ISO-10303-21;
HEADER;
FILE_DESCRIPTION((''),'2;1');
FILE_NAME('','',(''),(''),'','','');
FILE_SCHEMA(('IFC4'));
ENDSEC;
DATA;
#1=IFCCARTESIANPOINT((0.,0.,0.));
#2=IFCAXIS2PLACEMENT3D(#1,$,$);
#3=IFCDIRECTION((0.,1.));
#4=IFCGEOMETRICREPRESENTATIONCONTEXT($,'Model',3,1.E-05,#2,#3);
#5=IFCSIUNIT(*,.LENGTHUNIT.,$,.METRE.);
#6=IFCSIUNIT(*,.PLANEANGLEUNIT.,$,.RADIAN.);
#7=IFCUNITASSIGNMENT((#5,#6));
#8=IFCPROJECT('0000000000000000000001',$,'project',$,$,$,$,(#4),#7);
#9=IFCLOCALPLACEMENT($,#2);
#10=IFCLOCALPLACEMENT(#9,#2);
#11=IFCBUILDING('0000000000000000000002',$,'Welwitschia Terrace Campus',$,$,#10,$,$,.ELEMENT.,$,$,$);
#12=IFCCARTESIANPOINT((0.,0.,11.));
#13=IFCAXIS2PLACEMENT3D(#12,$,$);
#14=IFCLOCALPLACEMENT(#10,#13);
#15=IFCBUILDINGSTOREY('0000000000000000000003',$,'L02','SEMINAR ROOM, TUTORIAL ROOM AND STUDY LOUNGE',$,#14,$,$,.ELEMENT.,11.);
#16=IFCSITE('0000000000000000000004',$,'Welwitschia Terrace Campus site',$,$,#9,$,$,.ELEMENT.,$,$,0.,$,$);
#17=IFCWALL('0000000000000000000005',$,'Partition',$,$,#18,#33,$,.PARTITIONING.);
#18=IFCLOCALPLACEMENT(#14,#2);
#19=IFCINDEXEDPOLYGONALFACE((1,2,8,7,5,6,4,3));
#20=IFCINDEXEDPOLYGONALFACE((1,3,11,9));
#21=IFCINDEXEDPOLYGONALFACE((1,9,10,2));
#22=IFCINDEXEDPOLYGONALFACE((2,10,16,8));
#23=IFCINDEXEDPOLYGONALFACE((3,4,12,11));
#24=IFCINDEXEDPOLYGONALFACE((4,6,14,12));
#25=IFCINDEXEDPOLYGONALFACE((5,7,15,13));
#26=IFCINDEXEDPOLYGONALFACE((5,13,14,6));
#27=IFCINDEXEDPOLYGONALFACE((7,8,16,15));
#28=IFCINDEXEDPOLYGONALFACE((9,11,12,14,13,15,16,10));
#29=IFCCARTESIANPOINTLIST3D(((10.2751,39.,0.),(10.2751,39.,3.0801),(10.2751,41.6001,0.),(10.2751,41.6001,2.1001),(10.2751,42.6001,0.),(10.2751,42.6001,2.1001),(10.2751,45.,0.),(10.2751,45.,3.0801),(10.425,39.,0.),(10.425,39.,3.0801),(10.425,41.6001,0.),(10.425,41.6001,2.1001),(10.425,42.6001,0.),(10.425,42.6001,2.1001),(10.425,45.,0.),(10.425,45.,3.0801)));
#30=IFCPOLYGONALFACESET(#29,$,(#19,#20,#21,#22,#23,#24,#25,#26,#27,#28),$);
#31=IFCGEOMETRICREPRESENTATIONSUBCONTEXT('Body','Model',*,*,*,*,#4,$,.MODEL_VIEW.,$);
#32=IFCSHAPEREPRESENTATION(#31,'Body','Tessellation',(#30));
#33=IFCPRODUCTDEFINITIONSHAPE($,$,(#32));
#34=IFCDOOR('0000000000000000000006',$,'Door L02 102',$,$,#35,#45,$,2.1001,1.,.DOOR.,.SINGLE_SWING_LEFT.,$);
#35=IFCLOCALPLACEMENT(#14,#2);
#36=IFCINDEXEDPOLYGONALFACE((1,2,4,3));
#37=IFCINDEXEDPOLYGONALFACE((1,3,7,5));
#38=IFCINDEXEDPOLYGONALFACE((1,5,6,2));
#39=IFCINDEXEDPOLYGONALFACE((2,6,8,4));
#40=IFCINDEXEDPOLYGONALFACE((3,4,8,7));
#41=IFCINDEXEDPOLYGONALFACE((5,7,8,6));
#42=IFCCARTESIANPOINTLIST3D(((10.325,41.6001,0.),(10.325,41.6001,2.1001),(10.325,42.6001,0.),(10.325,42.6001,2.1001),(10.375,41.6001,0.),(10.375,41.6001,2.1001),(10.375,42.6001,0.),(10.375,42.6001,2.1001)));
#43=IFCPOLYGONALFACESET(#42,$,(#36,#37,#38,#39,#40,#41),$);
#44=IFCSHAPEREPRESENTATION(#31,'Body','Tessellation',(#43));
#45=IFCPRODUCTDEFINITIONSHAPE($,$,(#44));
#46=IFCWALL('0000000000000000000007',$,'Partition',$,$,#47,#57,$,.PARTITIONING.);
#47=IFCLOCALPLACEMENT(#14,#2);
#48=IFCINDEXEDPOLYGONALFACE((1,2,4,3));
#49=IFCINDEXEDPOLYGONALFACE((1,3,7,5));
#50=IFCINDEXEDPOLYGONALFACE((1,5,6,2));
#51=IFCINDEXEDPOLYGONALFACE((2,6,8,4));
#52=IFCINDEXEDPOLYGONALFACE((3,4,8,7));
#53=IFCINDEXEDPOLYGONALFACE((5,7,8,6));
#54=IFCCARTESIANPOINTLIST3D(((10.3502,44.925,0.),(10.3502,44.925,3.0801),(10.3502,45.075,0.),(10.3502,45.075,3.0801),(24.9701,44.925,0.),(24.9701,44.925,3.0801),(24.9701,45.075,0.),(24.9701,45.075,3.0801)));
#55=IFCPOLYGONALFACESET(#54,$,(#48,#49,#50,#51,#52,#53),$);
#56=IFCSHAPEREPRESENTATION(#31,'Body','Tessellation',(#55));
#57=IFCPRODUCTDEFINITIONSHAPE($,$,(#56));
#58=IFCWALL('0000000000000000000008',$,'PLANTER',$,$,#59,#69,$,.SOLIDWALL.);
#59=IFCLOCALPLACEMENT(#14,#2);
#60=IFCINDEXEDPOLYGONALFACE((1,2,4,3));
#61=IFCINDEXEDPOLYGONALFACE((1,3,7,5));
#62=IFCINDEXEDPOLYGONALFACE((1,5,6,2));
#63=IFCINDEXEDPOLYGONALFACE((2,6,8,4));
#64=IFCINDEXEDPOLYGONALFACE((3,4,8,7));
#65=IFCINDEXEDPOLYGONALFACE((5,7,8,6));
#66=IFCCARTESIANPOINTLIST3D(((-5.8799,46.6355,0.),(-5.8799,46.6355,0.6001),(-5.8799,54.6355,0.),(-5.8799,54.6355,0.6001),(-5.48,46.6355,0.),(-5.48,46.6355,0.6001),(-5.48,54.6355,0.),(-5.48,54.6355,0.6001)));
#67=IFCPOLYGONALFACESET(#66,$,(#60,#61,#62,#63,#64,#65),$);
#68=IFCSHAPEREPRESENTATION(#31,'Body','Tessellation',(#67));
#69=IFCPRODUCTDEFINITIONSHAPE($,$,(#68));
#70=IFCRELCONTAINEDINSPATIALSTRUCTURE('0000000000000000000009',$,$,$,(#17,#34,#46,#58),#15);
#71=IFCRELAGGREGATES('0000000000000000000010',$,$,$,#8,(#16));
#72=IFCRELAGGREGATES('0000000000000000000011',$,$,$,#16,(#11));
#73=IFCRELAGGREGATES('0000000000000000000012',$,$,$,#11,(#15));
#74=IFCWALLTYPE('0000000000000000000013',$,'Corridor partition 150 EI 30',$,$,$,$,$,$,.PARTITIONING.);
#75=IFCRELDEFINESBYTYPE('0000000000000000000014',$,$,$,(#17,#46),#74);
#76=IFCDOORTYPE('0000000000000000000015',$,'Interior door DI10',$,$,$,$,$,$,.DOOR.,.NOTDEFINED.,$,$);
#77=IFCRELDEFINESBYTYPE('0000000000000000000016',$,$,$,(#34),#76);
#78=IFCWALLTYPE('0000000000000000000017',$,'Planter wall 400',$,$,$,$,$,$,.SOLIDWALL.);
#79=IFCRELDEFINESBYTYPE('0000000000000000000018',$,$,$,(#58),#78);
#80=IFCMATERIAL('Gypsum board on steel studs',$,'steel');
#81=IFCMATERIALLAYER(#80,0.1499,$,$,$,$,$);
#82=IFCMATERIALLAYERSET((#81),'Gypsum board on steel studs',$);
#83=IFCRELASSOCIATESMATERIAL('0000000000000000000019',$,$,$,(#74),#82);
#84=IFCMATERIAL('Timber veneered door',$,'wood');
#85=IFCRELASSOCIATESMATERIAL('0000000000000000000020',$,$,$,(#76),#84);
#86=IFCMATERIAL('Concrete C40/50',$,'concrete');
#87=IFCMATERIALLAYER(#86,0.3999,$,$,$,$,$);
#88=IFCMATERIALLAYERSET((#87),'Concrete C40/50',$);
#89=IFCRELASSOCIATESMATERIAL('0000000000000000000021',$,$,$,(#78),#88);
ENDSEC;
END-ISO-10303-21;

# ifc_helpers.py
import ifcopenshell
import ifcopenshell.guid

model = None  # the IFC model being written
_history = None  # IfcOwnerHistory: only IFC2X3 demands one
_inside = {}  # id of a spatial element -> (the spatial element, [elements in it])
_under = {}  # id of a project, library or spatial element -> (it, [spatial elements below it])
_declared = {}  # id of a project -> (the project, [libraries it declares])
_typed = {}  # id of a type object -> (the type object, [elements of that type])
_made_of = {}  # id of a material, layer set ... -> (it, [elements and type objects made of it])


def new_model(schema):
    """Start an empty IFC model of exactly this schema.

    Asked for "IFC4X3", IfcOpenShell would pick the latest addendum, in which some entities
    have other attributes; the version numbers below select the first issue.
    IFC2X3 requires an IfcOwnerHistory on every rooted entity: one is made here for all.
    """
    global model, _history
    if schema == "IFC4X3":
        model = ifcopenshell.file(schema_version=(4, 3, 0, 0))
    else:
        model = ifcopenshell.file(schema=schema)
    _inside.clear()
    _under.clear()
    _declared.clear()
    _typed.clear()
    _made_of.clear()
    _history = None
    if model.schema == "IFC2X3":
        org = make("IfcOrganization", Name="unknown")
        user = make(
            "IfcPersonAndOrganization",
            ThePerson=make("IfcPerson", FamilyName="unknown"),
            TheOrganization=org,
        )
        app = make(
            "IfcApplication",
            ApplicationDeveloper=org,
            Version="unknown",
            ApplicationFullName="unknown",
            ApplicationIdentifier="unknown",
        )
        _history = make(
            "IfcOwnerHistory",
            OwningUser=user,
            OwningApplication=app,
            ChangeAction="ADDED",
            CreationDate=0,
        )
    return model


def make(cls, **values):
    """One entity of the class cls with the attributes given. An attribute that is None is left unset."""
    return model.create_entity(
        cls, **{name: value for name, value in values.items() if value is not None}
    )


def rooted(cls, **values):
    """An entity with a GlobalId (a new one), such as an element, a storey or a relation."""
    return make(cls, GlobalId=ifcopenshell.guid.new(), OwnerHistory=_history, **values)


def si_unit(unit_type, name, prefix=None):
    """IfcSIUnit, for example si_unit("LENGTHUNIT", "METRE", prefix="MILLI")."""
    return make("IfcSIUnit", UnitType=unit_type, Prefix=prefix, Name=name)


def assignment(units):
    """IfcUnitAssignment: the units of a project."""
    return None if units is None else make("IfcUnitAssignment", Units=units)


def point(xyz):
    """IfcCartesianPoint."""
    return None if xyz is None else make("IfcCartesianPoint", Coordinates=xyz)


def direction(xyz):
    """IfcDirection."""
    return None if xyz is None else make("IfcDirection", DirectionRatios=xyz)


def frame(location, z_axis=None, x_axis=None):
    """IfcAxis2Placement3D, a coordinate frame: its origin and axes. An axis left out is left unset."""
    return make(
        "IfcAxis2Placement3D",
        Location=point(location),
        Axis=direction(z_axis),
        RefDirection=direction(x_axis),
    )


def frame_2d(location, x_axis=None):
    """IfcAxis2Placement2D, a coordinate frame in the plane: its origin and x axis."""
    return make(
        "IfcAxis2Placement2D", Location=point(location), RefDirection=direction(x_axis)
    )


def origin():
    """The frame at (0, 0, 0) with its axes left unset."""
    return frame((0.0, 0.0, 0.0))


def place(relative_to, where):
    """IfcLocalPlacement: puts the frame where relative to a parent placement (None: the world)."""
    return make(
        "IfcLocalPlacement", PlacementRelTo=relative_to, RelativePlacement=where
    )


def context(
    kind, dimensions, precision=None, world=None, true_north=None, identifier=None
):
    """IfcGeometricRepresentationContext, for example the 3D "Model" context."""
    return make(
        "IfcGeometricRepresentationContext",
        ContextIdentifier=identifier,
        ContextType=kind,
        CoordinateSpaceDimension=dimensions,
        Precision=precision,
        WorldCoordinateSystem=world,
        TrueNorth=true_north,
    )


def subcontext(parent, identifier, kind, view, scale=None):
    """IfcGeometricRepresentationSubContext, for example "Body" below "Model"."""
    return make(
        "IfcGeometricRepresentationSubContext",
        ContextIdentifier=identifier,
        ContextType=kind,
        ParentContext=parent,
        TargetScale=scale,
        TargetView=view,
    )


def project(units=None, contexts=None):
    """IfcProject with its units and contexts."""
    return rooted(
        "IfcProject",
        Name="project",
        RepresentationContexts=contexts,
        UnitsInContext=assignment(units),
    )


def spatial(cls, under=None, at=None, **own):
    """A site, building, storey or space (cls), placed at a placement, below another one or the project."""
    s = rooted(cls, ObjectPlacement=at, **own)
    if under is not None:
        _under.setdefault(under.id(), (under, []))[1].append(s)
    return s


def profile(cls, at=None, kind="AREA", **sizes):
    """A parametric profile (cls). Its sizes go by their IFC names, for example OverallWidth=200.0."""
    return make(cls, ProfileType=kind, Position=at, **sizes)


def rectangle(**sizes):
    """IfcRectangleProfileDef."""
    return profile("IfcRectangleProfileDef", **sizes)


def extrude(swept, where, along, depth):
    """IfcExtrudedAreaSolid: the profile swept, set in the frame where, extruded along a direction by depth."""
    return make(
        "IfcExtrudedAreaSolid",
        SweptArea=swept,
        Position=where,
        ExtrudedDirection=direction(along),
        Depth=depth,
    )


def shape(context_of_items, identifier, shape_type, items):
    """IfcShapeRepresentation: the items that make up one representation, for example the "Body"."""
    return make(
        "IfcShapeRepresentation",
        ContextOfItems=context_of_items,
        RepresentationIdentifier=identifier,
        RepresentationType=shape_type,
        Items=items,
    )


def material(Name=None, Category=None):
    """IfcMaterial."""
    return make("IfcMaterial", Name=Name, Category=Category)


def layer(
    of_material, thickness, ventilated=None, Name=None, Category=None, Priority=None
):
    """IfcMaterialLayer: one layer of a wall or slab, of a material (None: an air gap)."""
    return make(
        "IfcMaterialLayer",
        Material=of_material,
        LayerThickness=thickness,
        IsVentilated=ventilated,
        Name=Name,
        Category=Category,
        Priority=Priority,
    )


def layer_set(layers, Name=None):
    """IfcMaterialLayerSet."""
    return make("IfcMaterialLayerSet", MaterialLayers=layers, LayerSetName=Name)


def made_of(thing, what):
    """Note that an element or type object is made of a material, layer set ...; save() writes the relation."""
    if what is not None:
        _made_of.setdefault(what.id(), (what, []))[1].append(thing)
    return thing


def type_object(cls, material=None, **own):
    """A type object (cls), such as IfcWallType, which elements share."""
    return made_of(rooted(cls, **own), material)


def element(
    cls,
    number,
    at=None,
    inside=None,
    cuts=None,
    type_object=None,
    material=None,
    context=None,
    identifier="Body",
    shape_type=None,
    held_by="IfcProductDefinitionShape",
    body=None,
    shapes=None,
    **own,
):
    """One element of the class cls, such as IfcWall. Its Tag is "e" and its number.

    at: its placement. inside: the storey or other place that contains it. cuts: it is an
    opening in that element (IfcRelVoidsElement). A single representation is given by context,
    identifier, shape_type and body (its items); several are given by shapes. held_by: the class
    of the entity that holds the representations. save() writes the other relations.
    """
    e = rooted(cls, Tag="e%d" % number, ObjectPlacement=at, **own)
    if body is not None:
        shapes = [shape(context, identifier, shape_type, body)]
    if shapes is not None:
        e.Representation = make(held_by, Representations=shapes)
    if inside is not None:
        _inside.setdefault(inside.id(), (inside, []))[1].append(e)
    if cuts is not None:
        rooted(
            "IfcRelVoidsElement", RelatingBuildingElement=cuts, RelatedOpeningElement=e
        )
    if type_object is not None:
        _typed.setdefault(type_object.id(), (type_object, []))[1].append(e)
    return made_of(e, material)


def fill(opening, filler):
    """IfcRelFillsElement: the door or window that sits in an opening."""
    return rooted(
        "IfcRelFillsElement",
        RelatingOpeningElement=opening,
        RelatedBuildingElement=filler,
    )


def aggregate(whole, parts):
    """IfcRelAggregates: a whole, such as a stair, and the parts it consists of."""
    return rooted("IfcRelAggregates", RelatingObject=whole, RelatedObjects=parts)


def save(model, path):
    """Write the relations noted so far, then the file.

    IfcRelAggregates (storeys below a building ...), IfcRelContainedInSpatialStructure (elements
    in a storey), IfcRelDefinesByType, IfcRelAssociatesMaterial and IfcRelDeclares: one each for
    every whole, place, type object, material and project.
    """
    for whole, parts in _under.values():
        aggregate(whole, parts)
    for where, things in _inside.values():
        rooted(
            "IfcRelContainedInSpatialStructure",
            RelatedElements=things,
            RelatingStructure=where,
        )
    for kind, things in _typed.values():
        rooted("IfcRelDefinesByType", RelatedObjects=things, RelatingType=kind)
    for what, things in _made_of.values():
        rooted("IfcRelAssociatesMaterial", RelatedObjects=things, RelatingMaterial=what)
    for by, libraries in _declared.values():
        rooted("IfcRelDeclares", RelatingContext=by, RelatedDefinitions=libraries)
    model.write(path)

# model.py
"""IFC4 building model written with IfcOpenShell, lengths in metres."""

from ifc_helpers import new_model, si_unit, direction, frame, frame_2d, origin, place, context, subcontext, project, spatial, rectangle, extrude, material, layer, layer_set, type_object, element, fill, save


model = new_model("IFC4")

# Units and contexts
model_context = context("Model", 3, precision=1e-05, world=origin(), true_north=direction((0.0, 1.0)))
body_context = subcontext(model_context, "Body", "Model", "MODEL_VIEW")
ifc_project = project(units=[si_unit("LENGTHUNIT", "METRE"), si_unit("PLANEANGLEUNIT", "RADIAN")], contexts=[model_context])

# Site, building, storey
site_placement = place(None, origin())
site = spatial("IfcSite", under=ifc_project, at=site_placement, Name="Welwitschia Terrace Campus site", CompositionType="ELEMENT", RefElevation=0.0)
building_placement = place(site_placement, origin())
building = spatial("IfcBuilding", under=site, at=building_placement, Name="Welwitschia Terrace Campus", CompositionType="ELEMENT")
storey_placement = place(building_placement, frame((0.0, 0.0, 11.0)))
storey = spatial("IfcBuildingStorey", under=building, at=storey_placement, Name="L02", Description="SEMINAR ROOM, TUTORIAL ROOM AND STUDY LOUNGE", CompositionType="ELEMENT", Elevation=11.0)

# Shared definitions
ifc_material_1 = material(Name="Gypsum board on steel studs", Category="steel")
ifc_layer_1 = layer(ifc_material_1, 0.1499)
ifc_layer_set_1 = layer_set([ifc_layer_1], Name="Gypsum board on steel studs")
wall_type_1 = type_object("IfcWallType", Name="Corridor partition 150 EI 30", PredefinedType="PARTITIONING", material=ifc_layer_set_1)

# Wall, opening, door
ifc_material_2 = material(Name="Timber veneered door", Category="wood")
door_type = type_object("IfcDoorType", Name="Interior door DI10", OperationType="NOTDEFINED", PredefinedType="DOOR", material=ifc_material_2)
wall_1_placement = place(storey_placement, frame((10.3501, 45.0, 0.0), z_axis=(0.0, 0.0, 1.0), x_axis=(0.0, -1.0, 0.0)))
wall_1 = element("IfcWall", 1, at=wall_1_placement, inside=storey, type_object=wall_type_1, Name="Partition", PredefinedType="PARTITIONING", context=body_context, shape_type="SweptSolid", body=[
    extrude(rectangle(XDim=6.0, YDim=0.1499, at=frame_2d((3.0, 0.0))), origin(), (0.0, 0.0, 1.0), 3.0801),
])
opening_1_placement = place(wall_1_placement, frame((2.3999, 0.0, 0.0)))
opening_1 = element("IfcOpeningElement", 2, at=opening_1_placement, cuts=wall_1, PredefinedType="OPENING", context=body_context, shape_type="SweptSolid", body=[
    extrude(rectangle(XDim=1.0, YDim=2.1001, at=frame_2d((0.5, 1.05))), frame((0.0, 0.085, 0.0), z_axis=(0.0, -1.0, 0.0), x_axis=(1.0, 0.0, 0.0)), (0.0, 0.0, 1.0), 0.1699),
])
door_1_placement = place(opening_1_placement, origin())
door_1 = element("IfcDoor", 3, at=door_1_placement, inside=storey, type_object=door_type, Name="Door L02 102", OperationType="SINGLE_SWING_LEFT", OverallHeight=2.1001, OverallWidth=1.0, PredefinedType="DOOR", context=body_context, shape_type="SweptSolid", body=[
    extrude(rectangle(XDim=1.0, YDim=2.1001, at=frame_2d((0.5, 1.05))), frame((0.0, 0.0249, 0.0), z_axis=(0.0, -1.0, 0.0), x_axis=(1.0, 0.0, 0.0)), (0.0, 0.0, 1.0), 0.05),
])
fill(opening_1, door_1)

# Walls
wall_2_placement = place(storey_placement, frame((10.3501, 45.0, 0.0), z_axis=(0.0, 0.0, 1.0), x_axis=(1.0, 0.0, 0.0)))
element("IfcWall", 4, at=wall_2_placement, inside=storey, type_object=wall_type_1, Name="Partition", PredefinedType="PARTITIONING", context=body_context, shape_type="SweptSolid", body=[
    extrude(rectangle(XDim=14.6199, YDim=0.1499, at=frame_2d((7.3101, 0.0))), origin(), (0.0, 0.0, 1.0), 3.0801),
])
ifc_material_3 = material(Name="Concrete C40/50", Category="concrete")
ifc_layer_2 = layer(ifc_material_3, 0.3999)
ifc_layer_set_2 = layer_set([ifc_layer_2], Name="Concrete C40/50")
wall_type_2 = type_object("IfcWallType", Name="Planter wall 400", PredefinedType="SOLIDWALL", material=ifc_layer_set_2)
wall_3_placement = place(storey_placement, frame((-5.6799, 46.6355, 0.0), z_axis=(0.0, 0.0, 1.0), x_axis=(0.0, 1.0, 0.0)))
element("IfcWall", 5, at=wall_3_placement, inside=storey, type_object=wall_type_2, Name="PLANTER", PredefinedType="SOLIDWALL", context=body_context, shape_type="SweptSolid", body=[
    extrude(rectangle(XDim=8.0, YDim=0.3999, at=frame_2d((4.0, 0.0))), origin(), (0.0, 0.0, 1.0), 0.6001),
])

save(model, "model.ifc")
